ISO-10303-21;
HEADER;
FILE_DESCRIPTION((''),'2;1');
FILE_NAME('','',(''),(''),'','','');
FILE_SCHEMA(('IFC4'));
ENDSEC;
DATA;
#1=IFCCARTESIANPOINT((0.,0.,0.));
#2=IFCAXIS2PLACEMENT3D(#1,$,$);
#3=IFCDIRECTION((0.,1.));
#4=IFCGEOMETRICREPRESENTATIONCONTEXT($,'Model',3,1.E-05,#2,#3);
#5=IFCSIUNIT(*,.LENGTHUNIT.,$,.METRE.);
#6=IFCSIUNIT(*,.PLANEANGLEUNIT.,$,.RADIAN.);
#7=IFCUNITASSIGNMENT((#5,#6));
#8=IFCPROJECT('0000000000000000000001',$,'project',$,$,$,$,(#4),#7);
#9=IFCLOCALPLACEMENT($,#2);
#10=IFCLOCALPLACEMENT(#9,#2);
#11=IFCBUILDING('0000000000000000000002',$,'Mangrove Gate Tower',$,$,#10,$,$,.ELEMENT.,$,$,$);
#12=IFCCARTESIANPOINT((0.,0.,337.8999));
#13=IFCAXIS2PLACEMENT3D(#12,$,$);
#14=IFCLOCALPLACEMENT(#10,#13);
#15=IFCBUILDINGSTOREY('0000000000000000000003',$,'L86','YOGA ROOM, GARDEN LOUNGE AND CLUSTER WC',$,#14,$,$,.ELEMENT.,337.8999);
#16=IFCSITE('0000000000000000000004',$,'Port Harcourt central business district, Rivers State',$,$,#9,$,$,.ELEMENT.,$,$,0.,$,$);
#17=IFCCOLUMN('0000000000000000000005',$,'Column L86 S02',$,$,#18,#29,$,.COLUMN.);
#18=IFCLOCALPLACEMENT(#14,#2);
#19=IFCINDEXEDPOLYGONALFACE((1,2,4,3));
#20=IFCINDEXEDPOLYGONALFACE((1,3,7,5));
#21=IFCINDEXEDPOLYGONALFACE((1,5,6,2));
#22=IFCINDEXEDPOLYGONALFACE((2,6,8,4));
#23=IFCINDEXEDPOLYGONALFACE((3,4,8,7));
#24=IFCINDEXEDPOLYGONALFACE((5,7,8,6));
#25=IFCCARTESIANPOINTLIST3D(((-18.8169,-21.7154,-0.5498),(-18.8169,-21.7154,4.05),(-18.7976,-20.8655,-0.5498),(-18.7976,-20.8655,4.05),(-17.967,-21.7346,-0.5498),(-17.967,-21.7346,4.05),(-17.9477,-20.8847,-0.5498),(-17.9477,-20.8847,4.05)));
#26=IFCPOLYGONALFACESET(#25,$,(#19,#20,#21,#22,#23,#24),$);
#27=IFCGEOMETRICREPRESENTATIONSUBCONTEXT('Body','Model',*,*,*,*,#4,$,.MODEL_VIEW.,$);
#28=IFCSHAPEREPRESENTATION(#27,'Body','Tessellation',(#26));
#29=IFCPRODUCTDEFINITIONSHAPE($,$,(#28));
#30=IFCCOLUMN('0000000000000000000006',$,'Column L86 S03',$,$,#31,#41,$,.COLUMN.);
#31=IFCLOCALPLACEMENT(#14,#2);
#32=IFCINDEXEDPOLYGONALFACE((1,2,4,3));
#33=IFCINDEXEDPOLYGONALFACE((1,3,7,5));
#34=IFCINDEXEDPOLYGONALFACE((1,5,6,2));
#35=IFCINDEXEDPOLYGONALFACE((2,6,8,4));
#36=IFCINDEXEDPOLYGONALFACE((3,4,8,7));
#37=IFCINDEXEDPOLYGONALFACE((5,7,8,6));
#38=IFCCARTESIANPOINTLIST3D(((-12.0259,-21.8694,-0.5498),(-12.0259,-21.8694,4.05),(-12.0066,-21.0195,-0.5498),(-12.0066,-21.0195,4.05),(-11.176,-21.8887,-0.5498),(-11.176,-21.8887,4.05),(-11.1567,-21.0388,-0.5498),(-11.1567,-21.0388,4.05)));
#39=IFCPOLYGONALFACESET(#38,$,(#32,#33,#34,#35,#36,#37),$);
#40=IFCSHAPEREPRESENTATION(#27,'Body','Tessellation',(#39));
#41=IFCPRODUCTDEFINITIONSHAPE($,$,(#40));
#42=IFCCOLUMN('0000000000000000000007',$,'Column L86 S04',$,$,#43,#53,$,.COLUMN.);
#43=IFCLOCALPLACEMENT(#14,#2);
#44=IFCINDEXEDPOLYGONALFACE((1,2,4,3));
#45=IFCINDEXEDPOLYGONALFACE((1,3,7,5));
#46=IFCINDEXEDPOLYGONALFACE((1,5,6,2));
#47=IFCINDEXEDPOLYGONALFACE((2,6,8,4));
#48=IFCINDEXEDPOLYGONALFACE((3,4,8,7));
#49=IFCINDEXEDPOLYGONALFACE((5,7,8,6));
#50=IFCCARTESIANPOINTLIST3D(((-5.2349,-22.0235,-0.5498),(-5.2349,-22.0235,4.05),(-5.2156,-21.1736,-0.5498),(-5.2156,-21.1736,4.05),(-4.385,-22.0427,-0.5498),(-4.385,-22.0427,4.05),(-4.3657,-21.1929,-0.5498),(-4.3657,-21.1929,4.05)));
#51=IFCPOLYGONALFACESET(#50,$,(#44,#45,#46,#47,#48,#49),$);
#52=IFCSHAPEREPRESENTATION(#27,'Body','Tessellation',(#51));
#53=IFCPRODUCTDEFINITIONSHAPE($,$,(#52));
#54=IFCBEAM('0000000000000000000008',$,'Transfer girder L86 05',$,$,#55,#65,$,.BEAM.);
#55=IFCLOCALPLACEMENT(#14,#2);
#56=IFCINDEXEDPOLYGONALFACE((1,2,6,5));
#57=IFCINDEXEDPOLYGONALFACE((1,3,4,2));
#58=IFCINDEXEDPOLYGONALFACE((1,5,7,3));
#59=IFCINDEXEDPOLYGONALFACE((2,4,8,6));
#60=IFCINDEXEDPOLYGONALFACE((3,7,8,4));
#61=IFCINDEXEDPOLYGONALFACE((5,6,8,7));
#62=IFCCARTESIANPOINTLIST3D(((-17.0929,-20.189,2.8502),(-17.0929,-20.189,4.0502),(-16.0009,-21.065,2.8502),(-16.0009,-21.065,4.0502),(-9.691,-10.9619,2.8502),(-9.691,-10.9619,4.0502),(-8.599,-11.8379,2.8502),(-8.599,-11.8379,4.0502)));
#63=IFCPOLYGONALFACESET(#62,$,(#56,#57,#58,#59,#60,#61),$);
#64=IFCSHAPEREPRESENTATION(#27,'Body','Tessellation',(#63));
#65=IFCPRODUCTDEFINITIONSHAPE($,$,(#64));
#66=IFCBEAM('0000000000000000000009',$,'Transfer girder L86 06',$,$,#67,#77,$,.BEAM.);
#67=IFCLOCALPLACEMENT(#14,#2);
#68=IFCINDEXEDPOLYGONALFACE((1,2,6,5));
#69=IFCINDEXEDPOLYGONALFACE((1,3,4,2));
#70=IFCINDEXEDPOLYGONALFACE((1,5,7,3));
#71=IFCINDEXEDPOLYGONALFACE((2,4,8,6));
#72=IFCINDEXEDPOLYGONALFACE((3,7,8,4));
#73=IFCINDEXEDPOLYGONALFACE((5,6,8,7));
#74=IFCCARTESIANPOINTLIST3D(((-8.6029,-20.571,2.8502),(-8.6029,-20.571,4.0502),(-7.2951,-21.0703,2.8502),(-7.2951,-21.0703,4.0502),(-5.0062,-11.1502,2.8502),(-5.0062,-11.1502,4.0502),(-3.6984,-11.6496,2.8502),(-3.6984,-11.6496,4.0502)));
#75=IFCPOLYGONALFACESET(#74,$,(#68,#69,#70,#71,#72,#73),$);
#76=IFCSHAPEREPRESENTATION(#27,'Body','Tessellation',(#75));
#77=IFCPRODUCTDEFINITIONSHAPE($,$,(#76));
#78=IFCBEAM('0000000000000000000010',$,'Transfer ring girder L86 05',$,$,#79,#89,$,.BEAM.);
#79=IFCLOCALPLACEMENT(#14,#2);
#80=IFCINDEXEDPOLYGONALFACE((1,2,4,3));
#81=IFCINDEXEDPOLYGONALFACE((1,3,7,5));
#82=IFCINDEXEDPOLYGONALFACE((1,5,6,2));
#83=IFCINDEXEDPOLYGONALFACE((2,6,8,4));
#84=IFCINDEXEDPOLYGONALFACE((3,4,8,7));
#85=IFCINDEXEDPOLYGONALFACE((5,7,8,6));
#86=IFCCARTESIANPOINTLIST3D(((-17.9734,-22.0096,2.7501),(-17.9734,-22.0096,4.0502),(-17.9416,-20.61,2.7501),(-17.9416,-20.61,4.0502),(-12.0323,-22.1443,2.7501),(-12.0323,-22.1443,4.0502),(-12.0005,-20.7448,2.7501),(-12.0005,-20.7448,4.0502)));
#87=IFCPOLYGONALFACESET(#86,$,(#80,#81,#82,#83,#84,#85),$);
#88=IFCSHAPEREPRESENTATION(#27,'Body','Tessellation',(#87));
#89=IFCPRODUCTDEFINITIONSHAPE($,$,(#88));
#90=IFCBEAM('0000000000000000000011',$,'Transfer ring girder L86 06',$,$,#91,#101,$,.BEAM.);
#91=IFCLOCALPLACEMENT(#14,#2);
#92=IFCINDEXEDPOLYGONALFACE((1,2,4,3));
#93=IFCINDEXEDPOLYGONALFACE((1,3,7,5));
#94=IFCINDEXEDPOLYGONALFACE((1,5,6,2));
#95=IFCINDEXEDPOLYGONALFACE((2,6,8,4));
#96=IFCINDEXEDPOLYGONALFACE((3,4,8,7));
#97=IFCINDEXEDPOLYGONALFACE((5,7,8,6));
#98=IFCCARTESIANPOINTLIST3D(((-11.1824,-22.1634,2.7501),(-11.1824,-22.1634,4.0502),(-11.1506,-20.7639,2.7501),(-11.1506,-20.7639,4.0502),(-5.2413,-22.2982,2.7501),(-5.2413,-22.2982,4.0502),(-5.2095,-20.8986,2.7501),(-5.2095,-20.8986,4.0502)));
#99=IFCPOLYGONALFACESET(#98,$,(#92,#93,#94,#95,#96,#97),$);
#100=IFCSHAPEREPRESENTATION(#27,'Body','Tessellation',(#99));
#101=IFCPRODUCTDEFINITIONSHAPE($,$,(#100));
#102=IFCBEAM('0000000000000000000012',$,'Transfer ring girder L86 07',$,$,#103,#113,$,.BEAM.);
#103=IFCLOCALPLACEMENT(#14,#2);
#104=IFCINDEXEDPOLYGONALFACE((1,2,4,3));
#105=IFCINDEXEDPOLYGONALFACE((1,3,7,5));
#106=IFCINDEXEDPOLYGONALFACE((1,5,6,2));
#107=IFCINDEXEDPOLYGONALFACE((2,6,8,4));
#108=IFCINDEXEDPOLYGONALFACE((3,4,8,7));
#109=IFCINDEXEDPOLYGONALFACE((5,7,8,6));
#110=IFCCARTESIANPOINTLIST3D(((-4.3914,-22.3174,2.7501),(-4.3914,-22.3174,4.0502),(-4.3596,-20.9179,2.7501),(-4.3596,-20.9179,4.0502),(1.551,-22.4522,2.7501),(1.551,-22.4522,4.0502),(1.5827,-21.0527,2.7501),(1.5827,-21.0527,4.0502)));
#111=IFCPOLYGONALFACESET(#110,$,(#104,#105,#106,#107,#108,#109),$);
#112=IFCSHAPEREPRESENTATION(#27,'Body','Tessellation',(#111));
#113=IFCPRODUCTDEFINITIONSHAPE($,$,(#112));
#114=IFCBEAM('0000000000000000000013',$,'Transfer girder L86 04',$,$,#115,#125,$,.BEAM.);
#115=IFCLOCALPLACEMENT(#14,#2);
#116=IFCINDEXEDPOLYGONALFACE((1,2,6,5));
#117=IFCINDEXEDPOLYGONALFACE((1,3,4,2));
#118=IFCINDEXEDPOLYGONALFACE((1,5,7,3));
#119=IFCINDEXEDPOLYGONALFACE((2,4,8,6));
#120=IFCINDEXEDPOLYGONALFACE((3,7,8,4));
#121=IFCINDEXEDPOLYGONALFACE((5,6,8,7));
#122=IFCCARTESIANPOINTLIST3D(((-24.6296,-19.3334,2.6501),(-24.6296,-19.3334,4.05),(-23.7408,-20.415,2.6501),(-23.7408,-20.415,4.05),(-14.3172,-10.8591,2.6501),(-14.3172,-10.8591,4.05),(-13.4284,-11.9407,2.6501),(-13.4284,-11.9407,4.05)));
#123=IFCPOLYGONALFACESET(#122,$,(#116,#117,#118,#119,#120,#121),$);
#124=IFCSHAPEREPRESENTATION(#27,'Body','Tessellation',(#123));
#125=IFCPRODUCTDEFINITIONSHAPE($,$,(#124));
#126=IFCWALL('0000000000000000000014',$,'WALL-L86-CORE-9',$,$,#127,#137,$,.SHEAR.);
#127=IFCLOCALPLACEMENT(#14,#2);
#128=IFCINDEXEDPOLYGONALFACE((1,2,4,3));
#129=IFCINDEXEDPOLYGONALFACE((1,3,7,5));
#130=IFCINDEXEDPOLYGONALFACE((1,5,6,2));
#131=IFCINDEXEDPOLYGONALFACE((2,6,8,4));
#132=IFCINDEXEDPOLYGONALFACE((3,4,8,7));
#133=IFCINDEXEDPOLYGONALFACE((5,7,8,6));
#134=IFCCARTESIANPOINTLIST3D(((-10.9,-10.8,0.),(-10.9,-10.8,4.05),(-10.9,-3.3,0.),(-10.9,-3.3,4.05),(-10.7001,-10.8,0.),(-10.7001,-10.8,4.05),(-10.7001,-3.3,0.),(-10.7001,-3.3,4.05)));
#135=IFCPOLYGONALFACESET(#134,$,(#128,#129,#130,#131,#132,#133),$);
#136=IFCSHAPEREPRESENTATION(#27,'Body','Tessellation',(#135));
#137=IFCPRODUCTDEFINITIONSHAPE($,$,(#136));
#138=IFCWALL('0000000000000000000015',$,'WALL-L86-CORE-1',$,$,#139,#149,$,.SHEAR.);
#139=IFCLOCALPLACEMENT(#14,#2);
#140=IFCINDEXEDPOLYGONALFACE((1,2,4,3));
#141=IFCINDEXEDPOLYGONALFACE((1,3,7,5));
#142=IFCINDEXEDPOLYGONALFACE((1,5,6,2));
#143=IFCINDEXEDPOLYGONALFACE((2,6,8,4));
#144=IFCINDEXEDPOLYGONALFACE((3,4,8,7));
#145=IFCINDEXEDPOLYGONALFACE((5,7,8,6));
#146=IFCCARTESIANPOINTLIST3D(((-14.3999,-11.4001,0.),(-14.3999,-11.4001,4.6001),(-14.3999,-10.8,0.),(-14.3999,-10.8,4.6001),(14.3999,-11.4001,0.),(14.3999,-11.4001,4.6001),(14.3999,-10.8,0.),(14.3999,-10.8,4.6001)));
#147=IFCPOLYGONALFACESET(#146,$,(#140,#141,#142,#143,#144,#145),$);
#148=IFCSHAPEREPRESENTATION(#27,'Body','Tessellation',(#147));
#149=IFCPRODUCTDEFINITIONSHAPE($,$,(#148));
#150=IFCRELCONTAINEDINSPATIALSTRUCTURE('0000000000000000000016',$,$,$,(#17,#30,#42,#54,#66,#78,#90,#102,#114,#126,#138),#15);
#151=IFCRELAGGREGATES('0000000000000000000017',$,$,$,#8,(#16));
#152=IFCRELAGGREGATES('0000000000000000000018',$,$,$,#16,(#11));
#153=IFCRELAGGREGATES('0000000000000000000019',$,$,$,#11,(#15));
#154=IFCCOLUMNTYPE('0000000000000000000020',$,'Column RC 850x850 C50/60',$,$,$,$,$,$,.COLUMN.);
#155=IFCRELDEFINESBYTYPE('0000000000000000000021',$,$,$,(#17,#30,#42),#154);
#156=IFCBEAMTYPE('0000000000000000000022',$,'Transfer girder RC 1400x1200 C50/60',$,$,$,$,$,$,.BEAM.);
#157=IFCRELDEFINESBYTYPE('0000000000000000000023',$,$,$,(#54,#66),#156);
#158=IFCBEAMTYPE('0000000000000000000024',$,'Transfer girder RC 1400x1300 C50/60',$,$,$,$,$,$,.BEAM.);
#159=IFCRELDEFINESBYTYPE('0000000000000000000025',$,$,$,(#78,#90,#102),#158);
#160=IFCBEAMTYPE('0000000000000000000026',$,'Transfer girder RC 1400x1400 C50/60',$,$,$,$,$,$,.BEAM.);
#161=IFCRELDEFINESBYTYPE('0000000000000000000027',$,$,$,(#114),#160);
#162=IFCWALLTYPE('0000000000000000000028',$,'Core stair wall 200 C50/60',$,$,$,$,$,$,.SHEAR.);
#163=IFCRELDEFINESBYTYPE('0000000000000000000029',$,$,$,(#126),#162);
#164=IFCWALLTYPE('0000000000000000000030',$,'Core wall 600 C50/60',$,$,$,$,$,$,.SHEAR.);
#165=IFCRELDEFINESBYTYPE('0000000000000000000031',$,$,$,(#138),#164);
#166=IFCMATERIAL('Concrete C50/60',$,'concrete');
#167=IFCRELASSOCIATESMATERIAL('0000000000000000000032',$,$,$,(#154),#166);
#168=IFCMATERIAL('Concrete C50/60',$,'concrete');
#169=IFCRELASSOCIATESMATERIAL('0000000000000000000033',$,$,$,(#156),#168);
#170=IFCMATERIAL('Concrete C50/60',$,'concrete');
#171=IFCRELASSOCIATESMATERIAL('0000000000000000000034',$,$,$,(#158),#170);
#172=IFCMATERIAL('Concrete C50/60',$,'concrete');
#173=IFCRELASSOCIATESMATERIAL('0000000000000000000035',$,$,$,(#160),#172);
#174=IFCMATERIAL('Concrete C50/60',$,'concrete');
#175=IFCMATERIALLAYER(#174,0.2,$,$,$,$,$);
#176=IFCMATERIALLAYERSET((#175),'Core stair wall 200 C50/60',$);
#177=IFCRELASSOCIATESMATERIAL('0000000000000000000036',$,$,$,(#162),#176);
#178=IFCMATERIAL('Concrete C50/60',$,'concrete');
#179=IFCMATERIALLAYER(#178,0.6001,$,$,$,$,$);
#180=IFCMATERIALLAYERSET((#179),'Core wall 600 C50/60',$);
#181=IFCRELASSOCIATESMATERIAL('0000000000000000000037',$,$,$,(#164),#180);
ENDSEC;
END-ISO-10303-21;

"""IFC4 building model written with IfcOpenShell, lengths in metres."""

from ifc_helpers import new_model, si_unit, direction, frame, frame_2d, origin, origin_2d, place, context, subcontext, project, spatial, rectangle, extrude, material, layer, layer_set, material_profile, profile_set, type_object, element, save


model = new_model("IFC4")

# Units and contexts
model_context = context("Model", 3, precision=1e-05, world=origin(), true_north=direction((0.0, 1.0)))
body_context = subcontext(model_context, "Body", "Model", "MODEL_VIEW")
ifc_project = project(units=[si_unit("LENGTHUNIT", "METRE"), si_unit("PLANEANGLEUNIT", "RADIAN")], contexts=[model_context])

# Site, building, storey
site_placement = place(None, origin())
site = spatial("IfcSite", under=ifc_project, at=site_placement, Name="Port Harcourt central business district, Rivers State", CompositionType="ELEMENT", RefElevation=0.0)
building_placement = place(site_placement, origin())
building = spatial("IfcBuilding", under=site, at=building_placement, Name="Mangrove Gate Tower", CompositionType="ELEMENT")
storey_placement = place(building_placement, frame((0.0, 0.0, 337.8999)))
storey = spatial("IfcBuildingStorey", under=building, at=storey_placement, Name="L86", Description="YOGA ROOM, GARDEN LOUNGE AND CLUSTER WC", CompositionType="ELEMENT", Elevation=337.8999)

# Columns
ifc_material_1 = material(Name="Concrete C50/60", Category="concrete")
ifc_material_profile_1 = material_profile(ifc_material_1, rectangle(XDim=0.8501, YDim=0.8501, at=origin_2d()))
ifc_profile_set_1 = profile_set([ifc_material_profile_1], Name="Concrete C50/60")
column_type = type_object("IfcColumnType", Name="Column RC 850x850 C50/60", PredefinedType="COLUMN", material=ifc_profile_set_1)
for number, where, z_axis, x_axis, name in (
    (1, (-18.3823, -21.3, -0.5498), (0.0, 0.0, 1.0), (0.999743, -0.022671, 0.0), "Column L86 S02"),
    (2, (-11.5913, -21.4541, -0.5498), (0.0, 0.0, 1.0), (0.999743, -0.022671, 0.0), "Column L86 S03"),
    (3, (-4.8003, -21.6082, -0.5498), (0.0, 0.0, 1.0), (0.999743, -0.02267, 0.0), "Column L86 S04"),
):
    element("IfcColumn", number, at=place(storey_placement, frame(where, z_axis=z_axis, x_axis=x_axis)), inside=storey, type_object=column_type, Name=name, PredefinedType="COLUMN", context=body_context, shape_type="SweptSolid", body=[
        extrude(rectangle(XDim=0.8501, YDim=0.8501, at=origin_2d()), origin(), (0.0, 0.0, 1.0), 4.5999),
    ])

# Beams
ifc_material_2 = material(Name="Concrete C50/60", Category="concrete")
ifc_material_profile_2 = material_profile(ifc_material_2, rectangle(XDim=1.3999, YDim=1.2, at=origin_2d()))
ifc_profile_set_2 = profile_set([ifc_material_profile_2], Name="Concrete C50/60")
beam_type_1 = type_object("IfcBeamType", Name="Transfer girder RC 1400x1200 C50/60", PredefinedType="BEAM", material=ifc_profile_set_2)
beam_1_placement = place(storey_placement, frame((-9.145, -11.3999, 3.4502), z_axis=(-0.625737, -0.780034, 0.0), x_axis=(0.780034, -0.625737, 0.0)))
element("IfcBeam", 4, at=beam_1_placement, inside=storey, type_object=beam_type_1, Name="Transfer girder L86 05", PredefinedType="BEAM", context=body_context, shape_type="SweptSolid", body=[
    extrude(rectangle(XDim=1.3999, YDim=1.2, at=origin_2d()), origin(), (0.0, 0.0, 1.0), 11.8291),
])
beam_2_placement = place(storey_placement, frame((-4.3523, -11.3999, 3.4502), z_axis=(-0.356676, -0.934228, 0.0), x_axis=(0.934228, -0.356676, 0.0)))
element("IfcBeam", 5, at=beam_2_placement, inside=storey, type_object=beam_type_1, Name="Transfer girder L86 06", PredefinedType="BEAM", context=body_context, shape_type="SweptSolid", body=[
    extrude(rectangle(XDim=1.3999, YDim=1.2, at=origin_2d()), origin(), (0.0, 0.0, 1.0), 10.084),
])
ifc_material_3 = material(Name="Concrete C50/60", Category="concrete")
ifc_material_profile_3 = material_profile(ifc_material_3, rectangle(XDim=1.3999, YDim=1.3, at=origin_2d()))
ifc_profile_set_3 = profile_set([ifc_material_profile_3], Name="Concrete C50/60")
beam_type_2 = type_object("IfcBeamType", Name="Transfer girder RC 1400x1300 C50/60", PredefinedType="BEAM", material=ifc_profile_set_3)
for number, where, z_axis, x_axis, name in (
    (6, (-17.9575, -21.3098, 3.4001), (0.999743, -0.022678, 0.0), (0.022678, 0.999743, 0.0), "Transfer ring girder L86 05"),
    (7, (-11.1665, -21.4636, 3.4001), (0.999743, -0.022678, 0.0), (0.022678, 0.999743, 0.0), "Transfer ring girder L86 06"),
):
    element("IfcBeam", number, at=place(storey_placement, frame(where, z_axis=z_axis, x_axis=x_axis)), inside=storey, type_object=beam_type_2, Name=name, PredefinedType="BEAM", context=body_context, shape_type="SweptSolid", body=[
        extrude(rectangle(XDim=1.3999, YDim=1.3, at=origin_2d()), origin(), (0.0, 0.0, 1.0), 5.9426),
    ])
beam_3_placement = place(storey_placement, frame((-4.3755, -21.6177, 3.4001), z_axis=(0.999743, -0.022673, 0.0), x_axis=(0.022673, 0.999743, 0.0)))
element("IfcBeam", 8, at=beam_3_placement, inside=storey, type_object=beam_type_2, Name="Transfer ring girder L86 07", PredefinedType="BEAM", context=body_context, shape_type="SweptSolid", body=[
    extrude(rectangle(XDim=1.3999, YDim=1.3, at=origin_2d()), origin(), (0.0, 0.0, 1.0), 5.9438),
])
ifc_material_4 = material(Name="Concrete C50/60", Category="concrete")
ifc_material_profile_4 = material_profile(ifc_material_4, rectangle(XDim=1.3999, YDim=1.3999, at=origin_2d()))
ifc_profile_set_4 = profile_set([ifc_material_profile_4], Name="Concrete C50/60")
beam_type_3 = type_object("IfcBeamType", Name="Transfer girder RC 1400x1400 C50/60", PredefinedType="BEAM", material=ifc_profile_set_4)
beam_4_placement = place(storey_placement, frame((-13.8728, -11.3999, 3.3501), z_axis=(-0.772602, -0.634891, 0.0), x_axis=(0.634891, -0.772602, 0.0)))
element("IfcBeam", 9, at=beam_4_placement, inside=storey, type_object=beam_type_3, Name="Transfer girder L86 04", PredefinedType="BEAM", context=body_context, shape_type="SweptSolid", body=[
    extrude(rectangle(XDim=1.3999, YDim=1.3999, at=origin_2d()), origin(), (0.0, 0.0, 1.0), 13.3477),
])

# Walls
ifc_material_5 = material(Name="Concrete C50/60", Category="concrete")
ifc_layer_1 = layer(ifc_material_5, 0.2)
ifc_layer_set_1 = layer_set([ifc_layer_1], Name="Core stair wall 200 C50/60")
wall_type_1 = type_object("IfcWallType", Name="Core stair wall 200 C50/60", PredefinedType="SHEAR", material=ifc_layer_set_1)
wall_1_placement = place(storey_placement, frame((-10.8, -10.8, 0.0), z_axis=(0.0, 0.0, 1.0), x_axis=(0.0, 1.0, 0.0)))
element("IfcWall", 10, at=wall_1_placement, inside=storey, type_object=wall_type_1, Name="WALL-L86-CORE-9", PredefinedType="SHEAR", context=body_context, shape_type="SweptSolid", body=[
    extrude(rectangle(XDim=7.5, YDim=0.2, at=frame_2d((3.75, 0.0))), origin(), (0.0, 0.0, 1.0), 4.05),
])
ifc_material_6 = material(Name="Concrete C50/60", Category="concrete")
ifc_layer_2 = layer(ifc_material_6, 0.6001)
ifc_layer_set_2 = layer_set([ifc_layer_2], Name="Core wall 600 C50/60")
wall_type_2 = type_object("IfcWallType", Name="Core wall 600 C50/60", PredefinedType="SHEAR", material=ifc_layer_set_2)
wall_2_placement = place(storey_placement, frame((-14.3999, -11.1001, 0.0), z_axis=(0.0, 0.0, 1.0), x_axis=(1.0, 0.0, 0.0)))
element("IfcWall", 11, at=wall_2_placement, inside=storey, type_object=wall_type_2, Name="WALL-L86-CORE-1", PredefinedType="SHEAR", context=body_context, shape_type="SweptSolid", body=[
    extrude(rectangle(XDim=28.7998, YDim=0.6001, at=frame_2d((14.3999, 0.0))), origin(), (0.0, 0.0, 1.0), 4.6001),
])

save(model, "model.ifc")
